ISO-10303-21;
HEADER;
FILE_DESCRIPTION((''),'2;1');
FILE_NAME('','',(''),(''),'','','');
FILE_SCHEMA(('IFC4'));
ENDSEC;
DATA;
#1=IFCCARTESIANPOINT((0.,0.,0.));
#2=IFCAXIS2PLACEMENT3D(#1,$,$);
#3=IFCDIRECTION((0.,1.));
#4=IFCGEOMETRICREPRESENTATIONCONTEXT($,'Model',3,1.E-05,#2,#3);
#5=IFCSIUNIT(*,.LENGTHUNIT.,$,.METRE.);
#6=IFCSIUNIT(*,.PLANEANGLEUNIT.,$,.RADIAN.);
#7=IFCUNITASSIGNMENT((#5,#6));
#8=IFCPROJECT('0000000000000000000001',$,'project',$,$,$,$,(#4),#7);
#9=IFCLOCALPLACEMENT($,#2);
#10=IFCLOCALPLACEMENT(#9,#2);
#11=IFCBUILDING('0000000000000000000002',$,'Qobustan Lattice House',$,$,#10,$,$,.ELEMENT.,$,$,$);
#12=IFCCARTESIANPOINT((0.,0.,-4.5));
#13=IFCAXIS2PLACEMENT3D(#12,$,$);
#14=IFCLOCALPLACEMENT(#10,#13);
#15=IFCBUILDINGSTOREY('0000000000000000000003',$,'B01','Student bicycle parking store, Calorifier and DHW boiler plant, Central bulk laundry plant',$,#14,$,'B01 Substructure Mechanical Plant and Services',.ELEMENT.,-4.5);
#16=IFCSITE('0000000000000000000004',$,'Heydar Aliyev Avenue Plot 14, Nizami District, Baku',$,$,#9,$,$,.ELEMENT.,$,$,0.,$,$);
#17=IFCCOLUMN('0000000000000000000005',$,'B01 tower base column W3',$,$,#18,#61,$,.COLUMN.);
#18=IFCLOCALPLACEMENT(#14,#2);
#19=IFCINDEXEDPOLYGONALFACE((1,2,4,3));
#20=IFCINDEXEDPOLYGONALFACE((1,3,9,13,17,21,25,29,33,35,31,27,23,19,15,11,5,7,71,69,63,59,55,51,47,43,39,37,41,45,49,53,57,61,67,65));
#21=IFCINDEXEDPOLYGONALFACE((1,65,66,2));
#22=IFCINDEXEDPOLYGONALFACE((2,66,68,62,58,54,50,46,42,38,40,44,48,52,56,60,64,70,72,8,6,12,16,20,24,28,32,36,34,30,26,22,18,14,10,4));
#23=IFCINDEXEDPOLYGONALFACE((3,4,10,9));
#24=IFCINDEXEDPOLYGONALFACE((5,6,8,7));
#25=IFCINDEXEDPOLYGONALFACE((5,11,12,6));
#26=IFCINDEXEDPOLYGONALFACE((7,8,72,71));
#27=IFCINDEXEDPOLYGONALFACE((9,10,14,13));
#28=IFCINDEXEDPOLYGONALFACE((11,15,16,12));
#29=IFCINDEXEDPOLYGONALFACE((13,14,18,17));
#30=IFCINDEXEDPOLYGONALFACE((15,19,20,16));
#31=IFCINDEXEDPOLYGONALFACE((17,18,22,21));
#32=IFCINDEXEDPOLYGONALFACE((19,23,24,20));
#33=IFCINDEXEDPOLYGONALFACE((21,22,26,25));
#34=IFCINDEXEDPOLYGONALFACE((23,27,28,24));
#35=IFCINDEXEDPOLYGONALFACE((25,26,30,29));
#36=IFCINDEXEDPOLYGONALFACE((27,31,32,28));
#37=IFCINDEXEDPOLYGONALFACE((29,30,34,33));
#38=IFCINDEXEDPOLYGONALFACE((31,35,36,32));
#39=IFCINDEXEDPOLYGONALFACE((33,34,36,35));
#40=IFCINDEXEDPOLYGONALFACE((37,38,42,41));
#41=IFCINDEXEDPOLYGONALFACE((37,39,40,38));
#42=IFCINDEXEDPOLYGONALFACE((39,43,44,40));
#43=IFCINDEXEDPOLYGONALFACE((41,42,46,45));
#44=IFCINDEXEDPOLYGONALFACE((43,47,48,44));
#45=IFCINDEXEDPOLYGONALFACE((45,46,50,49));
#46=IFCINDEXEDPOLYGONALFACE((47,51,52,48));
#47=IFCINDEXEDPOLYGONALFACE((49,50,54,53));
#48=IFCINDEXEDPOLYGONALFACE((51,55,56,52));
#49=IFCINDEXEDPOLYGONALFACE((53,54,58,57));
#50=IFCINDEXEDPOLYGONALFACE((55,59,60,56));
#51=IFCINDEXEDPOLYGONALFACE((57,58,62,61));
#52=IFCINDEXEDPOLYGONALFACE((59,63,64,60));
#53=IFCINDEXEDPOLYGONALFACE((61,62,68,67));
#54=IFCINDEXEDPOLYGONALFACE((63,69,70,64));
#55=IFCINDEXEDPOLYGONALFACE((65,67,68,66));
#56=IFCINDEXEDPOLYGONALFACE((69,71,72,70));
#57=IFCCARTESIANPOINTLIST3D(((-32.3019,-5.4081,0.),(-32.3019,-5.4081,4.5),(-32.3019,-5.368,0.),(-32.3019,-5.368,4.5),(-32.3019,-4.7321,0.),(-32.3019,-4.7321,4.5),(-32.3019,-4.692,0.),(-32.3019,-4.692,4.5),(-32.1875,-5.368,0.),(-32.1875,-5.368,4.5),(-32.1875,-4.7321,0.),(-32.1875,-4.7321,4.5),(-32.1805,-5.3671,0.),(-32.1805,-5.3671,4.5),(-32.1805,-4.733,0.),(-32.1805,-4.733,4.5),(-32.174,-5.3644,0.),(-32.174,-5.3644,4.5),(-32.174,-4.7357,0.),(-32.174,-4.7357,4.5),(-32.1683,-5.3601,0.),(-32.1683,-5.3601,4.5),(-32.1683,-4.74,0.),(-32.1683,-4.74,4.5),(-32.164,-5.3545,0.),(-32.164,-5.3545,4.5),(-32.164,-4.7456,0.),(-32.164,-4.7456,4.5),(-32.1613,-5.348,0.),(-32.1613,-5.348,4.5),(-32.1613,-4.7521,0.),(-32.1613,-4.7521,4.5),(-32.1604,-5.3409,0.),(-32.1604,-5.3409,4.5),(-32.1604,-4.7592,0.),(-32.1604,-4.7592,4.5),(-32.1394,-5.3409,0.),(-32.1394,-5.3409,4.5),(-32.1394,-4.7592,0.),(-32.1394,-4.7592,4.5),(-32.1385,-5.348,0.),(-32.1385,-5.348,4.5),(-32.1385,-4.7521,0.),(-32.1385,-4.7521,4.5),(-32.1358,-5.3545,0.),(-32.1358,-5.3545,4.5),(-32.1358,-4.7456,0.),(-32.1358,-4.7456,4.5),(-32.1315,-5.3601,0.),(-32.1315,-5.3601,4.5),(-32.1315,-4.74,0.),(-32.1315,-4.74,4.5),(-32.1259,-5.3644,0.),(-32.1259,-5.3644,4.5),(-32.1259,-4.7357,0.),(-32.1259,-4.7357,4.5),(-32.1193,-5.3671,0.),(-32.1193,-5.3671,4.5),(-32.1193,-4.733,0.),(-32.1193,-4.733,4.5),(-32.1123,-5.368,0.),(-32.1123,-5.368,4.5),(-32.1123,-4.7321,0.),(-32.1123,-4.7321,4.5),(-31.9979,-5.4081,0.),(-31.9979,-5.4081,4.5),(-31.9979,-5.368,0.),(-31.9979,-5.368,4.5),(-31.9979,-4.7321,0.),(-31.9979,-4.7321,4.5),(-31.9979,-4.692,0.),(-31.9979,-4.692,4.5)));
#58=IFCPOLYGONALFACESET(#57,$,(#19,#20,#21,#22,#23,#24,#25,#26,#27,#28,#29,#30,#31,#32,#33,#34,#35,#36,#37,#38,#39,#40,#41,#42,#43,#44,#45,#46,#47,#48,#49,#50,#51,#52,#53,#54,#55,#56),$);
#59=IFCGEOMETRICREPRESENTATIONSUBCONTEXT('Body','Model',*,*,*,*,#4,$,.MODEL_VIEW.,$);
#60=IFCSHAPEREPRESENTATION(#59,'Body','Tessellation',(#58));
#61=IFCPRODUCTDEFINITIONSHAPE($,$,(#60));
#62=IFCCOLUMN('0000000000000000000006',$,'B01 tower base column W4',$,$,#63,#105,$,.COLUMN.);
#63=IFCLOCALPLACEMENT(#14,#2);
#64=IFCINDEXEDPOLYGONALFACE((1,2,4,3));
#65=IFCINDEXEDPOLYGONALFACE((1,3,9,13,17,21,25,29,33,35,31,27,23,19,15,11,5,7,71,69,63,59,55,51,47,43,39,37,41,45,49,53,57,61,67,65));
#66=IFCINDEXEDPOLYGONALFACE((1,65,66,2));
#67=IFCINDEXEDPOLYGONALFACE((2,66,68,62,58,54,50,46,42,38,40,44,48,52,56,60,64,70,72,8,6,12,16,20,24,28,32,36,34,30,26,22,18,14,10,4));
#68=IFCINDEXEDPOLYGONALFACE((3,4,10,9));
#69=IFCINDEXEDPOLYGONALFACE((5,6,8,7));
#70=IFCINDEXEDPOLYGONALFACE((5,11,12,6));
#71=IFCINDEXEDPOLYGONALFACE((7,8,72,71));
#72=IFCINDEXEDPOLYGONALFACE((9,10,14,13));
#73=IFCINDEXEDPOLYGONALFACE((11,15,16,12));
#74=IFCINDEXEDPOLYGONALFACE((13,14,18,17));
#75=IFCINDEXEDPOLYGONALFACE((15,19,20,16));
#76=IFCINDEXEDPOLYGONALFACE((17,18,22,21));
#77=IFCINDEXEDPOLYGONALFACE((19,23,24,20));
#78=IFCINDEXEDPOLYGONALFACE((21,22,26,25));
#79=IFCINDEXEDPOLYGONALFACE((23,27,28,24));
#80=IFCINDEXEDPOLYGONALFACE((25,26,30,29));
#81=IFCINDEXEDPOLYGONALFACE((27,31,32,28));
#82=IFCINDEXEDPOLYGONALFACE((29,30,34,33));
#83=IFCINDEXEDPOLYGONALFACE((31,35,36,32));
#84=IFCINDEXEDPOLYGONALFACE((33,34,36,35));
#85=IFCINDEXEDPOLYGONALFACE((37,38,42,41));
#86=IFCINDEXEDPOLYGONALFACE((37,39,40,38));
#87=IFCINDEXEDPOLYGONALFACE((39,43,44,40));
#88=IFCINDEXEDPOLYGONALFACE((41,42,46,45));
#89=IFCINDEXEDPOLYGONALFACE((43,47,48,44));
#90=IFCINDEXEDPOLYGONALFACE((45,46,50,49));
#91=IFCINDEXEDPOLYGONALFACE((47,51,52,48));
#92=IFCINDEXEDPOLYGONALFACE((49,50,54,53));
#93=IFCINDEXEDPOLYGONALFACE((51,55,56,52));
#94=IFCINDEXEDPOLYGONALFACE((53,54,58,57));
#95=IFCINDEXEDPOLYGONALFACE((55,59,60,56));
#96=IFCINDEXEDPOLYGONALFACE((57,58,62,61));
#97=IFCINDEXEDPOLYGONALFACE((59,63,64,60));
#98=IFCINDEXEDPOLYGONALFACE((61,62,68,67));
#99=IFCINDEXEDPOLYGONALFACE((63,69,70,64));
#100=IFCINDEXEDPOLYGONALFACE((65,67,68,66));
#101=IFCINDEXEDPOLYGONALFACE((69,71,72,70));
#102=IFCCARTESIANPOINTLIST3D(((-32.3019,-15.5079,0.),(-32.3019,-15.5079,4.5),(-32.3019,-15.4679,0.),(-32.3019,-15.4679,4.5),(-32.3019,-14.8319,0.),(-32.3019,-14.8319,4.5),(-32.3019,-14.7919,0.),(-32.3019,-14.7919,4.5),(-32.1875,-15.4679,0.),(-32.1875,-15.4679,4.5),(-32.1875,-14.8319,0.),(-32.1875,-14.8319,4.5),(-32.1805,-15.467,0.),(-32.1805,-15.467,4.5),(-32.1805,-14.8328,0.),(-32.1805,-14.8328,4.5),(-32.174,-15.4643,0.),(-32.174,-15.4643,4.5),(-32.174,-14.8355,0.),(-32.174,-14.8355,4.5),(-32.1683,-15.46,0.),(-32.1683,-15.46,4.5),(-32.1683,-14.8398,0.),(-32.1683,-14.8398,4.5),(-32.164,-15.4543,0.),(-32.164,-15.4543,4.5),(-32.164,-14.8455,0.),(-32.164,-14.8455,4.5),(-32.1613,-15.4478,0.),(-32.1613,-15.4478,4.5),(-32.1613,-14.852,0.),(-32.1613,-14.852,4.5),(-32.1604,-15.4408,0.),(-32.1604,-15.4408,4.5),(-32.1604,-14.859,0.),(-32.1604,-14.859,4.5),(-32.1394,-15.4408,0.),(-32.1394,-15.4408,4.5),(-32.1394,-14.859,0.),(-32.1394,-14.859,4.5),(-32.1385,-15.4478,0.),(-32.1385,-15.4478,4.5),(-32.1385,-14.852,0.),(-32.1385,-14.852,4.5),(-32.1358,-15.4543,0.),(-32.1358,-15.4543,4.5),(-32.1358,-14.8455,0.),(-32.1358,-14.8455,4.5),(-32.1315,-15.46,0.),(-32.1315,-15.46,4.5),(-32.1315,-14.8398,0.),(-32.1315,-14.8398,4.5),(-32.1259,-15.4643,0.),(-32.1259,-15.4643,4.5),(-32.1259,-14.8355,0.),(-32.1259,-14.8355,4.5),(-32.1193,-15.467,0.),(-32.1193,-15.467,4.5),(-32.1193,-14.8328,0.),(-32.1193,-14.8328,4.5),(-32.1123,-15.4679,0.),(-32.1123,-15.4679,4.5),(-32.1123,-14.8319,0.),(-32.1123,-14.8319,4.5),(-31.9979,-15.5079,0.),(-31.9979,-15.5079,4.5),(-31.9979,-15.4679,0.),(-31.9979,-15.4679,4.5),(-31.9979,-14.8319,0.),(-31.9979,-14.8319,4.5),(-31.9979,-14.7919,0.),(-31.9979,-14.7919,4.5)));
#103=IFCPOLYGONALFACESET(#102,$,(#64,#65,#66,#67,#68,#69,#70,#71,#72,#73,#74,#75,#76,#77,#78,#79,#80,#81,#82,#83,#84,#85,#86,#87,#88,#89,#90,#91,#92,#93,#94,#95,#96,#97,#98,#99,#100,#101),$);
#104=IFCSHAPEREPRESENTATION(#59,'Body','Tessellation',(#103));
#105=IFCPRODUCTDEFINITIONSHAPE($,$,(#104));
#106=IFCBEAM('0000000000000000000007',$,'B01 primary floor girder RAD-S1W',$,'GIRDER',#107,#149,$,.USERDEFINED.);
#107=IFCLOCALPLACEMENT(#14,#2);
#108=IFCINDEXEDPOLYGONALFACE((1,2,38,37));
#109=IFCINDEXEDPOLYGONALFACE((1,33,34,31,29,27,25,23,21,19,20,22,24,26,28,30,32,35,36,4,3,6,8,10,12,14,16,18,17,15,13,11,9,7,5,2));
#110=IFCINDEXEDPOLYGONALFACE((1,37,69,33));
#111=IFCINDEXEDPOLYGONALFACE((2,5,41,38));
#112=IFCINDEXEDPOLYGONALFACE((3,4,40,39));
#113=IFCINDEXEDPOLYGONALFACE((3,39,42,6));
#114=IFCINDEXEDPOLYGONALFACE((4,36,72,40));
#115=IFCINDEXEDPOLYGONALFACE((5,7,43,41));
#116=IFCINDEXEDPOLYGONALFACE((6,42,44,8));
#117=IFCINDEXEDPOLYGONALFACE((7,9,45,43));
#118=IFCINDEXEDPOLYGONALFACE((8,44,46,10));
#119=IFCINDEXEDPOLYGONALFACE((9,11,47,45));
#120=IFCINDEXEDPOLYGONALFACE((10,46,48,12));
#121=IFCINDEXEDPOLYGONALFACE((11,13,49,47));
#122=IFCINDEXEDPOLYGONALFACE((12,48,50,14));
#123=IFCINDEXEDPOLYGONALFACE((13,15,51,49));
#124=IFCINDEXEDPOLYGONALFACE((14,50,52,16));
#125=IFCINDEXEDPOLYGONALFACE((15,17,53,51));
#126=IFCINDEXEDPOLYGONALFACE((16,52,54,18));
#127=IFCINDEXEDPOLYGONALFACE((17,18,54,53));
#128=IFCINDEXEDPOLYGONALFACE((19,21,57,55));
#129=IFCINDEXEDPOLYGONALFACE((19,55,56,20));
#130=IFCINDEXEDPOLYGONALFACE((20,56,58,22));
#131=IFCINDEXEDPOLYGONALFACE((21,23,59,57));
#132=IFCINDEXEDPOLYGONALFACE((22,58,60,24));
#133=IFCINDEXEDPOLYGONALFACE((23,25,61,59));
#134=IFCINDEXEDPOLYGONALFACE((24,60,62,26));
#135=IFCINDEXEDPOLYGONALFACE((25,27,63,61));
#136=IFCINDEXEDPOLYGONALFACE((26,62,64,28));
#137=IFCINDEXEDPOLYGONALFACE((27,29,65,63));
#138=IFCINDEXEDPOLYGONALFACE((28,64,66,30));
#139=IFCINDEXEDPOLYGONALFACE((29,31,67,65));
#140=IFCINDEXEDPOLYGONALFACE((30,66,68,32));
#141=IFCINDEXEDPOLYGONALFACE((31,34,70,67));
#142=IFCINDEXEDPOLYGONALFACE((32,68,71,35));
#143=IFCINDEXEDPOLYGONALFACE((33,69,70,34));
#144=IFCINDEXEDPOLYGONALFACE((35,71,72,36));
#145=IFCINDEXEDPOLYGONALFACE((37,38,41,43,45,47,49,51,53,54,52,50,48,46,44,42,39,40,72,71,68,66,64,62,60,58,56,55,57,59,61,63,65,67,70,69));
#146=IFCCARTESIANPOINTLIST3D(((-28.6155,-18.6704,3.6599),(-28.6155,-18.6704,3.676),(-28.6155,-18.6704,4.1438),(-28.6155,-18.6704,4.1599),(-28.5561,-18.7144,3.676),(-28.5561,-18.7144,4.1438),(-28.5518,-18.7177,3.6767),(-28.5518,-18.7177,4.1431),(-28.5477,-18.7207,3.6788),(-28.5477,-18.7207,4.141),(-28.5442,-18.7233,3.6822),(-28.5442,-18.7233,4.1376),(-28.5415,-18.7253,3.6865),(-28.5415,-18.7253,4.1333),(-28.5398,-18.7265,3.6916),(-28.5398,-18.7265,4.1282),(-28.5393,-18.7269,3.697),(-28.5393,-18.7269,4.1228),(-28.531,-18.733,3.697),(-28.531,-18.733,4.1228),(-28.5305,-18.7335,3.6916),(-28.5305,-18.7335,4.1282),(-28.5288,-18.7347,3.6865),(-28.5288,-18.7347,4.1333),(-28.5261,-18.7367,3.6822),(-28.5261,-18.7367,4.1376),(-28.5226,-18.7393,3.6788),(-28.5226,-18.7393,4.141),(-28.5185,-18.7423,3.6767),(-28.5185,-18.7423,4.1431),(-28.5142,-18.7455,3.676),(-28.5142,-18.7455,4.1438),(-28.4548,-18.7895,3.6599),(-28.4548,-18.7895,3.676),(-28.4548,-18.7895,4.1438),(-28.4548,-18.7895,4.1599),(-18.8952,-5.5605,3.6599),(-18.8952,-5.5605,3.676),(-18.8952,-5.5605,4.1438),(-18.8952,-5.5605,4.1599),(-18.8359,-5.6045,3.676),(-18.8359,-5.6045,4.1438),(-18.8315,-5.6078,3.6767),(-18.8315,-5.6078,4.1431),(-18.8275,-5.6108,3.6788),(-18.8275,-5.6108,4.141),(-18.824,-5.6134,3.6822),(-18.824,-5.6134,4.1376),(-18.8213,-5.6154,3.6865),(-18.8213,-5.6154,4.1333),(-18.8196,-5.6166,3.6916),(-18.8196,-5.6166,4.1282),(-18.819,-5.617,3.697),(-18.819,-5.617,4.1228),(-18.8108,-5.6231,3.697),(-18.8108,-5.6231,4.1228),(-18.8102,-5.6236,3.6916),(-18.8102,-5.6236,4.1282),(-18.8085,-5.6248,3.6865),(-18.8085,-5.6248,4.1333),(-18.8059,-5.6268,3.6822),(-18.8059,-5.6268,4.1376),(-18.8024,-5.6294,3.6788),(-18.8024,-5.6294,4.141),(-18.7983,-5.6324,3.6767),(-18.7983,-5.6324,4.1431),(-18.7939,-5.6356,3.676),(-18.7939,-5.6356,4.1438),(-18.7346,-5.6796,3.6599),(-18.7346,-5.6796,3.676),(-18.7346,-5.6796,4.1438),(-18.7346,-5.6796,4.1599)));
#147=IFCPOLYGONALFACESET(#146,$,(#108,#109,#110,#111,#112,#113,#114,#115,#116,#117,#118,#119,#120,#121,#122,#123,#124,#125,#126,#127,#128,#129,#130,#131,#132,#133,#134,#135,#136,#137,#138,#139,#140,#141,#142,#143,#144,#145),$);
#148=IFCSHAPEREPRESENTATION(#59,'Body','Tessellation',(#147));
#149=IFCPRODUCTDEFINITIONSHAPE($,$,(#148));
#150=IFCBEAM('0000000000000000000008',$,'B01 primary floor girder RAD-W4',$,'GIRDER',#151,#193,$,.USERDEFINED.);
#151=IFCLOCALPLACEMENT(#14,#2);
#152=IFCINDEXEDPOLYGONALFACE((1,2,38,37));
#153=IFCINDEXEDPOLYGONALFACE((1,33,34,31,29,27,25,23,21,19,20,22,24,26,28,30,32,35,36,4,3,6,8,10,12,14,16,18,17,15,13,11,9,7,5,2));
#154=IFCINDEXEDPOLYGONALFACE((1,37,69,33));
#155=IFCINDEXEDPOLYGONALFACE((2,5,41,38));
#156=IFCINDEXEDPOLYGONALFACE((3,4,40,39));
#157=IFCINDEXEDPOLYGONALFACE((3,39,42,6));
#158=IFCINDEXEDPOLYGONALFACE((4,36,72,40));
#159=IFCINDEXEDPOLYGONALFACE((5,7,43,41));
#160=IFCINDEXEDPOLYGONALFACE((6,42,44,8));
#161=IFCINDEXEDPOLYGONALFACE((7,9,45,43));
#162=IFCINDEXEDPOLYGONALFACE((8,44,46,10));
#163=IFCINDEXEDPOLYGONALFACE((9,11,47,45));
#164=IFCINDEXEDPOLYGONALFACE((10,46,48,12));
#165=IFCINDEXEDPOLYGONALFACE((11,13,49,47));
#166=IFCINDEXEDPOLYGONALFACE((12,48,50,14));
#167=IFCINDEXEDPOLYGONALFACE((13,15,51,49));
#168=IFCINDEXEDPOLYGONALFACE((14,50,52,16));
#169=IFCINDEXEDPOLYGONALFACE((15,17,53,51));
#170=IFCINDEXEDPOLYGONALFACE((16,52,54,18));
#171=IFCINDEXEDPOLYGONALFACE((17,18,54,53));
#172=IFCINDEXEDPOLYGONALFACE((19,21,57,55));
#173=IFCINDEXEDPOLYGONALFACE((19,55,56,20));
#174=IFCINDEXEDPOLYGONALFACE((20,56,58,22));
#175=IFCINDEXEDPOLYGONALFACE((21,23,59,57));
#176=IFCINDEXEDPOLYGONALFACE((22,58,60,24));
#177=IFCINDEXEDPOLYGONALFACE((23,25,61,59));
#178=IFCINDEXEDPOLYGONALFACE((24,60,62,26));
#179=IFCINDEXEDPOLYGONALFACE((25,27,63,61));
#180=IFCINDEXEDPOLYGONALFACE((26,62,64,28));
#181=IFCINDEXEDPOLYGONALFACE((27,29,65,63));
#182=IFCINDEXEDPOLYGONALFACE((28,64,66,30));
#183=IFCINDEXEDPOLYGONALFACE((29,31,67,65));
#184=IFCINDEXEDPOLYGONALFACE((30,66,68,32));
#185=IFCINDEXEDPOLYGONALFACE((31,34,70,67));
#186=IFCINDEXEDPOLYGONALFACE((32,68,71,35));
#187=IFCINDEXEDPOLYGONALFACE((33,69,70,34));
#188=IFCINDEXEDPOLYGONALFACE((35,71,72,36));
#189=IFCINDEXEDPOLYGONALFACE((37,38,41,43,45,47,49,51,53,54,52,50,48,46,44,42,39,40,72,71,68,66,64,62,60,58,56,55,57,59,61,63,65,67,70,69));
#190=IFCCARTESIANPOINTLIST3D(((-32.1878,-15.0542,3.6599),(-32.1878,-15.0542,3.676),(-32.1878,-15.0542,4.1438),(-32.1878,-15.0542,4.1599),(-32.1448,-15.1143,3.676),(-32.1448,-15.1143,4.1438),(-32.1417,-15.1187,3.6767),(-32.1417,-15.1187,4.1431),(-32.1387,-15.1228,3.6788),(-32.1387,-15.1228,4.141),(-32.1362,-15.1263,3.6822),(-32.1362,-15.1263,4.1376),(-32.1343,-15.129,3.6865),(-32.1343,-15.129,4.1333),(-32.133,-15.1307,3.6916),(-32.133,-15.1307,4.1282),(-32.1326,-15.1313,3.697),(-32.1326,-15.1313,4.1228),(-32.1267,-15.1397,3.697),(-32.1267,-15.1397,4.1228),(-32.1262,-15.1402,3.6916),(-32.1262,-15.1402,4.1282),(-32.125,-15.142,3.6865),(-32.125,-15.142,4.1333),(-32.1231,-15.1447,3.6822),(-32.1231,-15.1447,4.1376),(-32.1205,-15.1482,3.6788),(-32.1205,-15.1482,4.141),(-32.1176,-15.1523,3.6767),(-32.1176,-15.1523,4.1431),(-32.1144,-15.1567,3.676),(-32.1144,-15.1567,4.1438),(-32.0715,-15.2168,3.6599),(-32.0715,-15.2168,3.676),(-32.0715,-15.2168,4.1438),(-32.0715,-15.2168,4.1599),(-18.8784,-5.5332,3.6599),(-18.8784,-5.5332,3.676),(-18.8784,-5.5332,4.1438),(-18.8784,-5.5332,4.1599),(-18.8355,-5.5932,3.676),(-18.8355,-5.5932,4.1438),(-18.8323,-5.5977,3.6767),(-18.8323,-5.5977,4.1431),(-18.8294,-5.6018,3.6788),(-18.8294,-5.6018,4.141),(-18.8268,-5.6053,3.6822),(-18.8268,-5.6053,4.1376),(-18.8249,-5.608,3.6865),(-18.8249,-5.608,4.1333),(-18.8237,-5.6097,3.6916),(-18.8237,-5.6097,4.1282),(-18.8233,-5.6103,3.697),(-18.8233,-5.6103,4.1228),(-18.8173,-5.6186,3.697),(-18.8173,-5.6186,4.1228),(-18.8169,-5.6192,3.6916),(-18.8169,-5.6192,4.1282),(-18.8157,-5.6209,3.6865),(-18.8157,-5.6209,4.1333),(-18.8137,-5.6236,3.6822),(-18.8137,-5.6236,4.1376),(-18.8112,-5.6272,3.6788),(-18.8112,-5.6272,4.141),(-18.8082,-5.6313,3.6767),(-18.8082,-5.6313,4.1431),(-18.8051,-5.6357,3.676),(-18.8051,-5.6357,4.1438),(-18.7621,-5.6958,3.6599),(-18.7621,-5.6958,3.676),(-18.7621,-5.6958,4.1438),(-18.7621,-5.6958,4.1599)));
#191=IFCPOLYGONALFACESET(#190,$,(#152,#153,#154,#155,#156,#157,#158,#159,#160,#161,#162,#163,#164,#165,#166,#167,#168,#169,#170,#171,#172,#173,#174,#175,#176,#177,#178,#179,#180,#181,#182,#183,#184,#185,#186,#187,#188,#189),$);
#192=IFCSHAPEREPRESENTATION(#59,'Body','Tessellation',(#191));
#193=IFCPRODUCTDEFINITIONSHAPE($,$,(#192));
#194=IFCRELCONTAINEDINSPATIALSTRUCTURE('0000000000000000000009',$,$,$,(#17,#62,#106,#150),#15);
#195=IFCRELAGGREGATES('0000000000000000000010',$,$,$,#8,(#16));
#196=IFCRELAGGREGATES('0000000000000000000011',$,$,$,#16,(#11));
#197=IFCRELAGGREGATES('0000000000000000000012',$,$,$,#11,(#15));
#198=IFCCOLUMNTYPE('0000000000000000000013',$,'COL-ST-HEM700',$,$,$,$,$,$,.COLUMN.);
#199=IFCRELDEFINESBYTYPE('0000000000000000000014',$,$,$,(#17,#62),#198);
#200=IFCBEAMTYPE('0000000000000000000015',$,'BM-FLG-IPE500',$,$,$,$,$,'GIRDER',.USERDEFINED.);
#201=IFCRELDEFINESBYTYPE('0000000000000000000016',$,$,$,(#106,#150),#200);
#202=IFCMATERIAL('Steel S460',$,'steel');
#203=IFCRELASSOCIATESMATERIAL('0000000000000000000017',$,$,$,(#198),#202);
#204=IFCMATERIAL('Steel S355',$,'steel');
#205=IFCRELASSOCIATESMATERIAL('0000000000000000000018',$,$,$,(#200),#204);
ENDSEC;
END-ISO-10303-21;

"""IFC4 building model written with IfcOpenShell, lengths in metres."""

from ifc_helpers import new_model, si_unit, direction, frame, origin, origin_2d, place, context, subcontext, project, spatial, i_section, extrude, material, material_profile, profile_set, type_object, element, save


model = new_model("IFC4")

# Units and contexts
model_context = context("Model", 3, precision=1e-05, world=origin(), true_north=direction((0.0, 1.0)))
body_context = subcontext(model_context, "Body", "Model", "MODEL_VIEW")
ifc_project = project(units=[si_unit("LENGTHUNIT", "METRE"), si_unit("PLANEANGLEUNIT", "RADIAN")], contexts=[model_context])

# Site, building, storey
site_placement = place(None, origin())
site = spatial("IfcSite", under=ifc_project, at=site_placement, Name="Heydar Aliyev Avenue Plot 14, Nizami District, Baku", CompositionType="ELEMENT", RefElevation=0.0)
building_placement = place(site_placement, origin())
building = spatial("IfcBuilding", under=site, at=building_placement, Name="Qobustan Lattice House", CompositionType="ELEMENT")
storey_placement = place(building_placement, frame((0.0, 0.0, -4.5)))
storey = spatial("IfcBuildingStorey", under=building, at=storey_placement, Name="B01", Description="Student bicycle parking store, Calorifier and DHW boiler plant, Central bulk laundry plant", LongName="B01 Substructure Mechanical Plant and Services", CompositionType="ELEMENT", Elevation=-4.5)

# Columns
ifc_material_1 = material(Name="Steel S460", Category="steel")
ifc_material_profile_1 = material_profile(ifc_material_1, i_section(OverallWidth=0.304, OverallDepth=0.7161, WebThickness=0.021, FlangeThickness=0.04, FilletRadius=0.0271, at=origin_2d()), Name="HEM700")
ifc_profile_set_1 = profile_set([ifc_material_profile_1], Name="Steel S460")
column_type_1 = type_object("IfcColumnType", Name="COL-ST-HEM700", PredefinedType="COLUMN", material=ifc_profile_set_1)
for number, where, z_axis, x_axis, name in (
    (1, (-32.1499, -5.05, 0.0), (0.0, 0.0, 1.0), (1.0, 0.0, 0.0), "B01 tower base column W3"),
    (2, (-32.1499, -15.1499, 0.0), (0.0, 0.0, 1.0), (1.0, 0.0, 0.0), "B01 tower base column W4"),
):
    element("IfcColumn", number, at=place(storey_placement, frame(where, z_axis=z_axis, x_axis=x_axis)), inside=storey, type_object=column_type_1, Name=name, PredefinedType="COLUMN", context=body_context, shape_type="SweptSolid", body=[
        extrude(i_section(OverallWidth=0.304, OverallDepth=0.7161, WebThickness=0.021, FlangeThickness=0.04, FilletRadius=0.0271, at=origin_2d()), origin(), (0.0, 0.0, 1.0), 4.5),
    ])

# Beams
ifc_material_2 = material(Name="Steel S355", Category="steel")
ifc_material_profile_2 = material_profile(ifc_material_2, i_section(OverallWidth=0.2, OverallDepth=0.5, WebThickness=0.0103, FlangeThickness=0.0161, FilletRadius=0.021, at=origin_2d()), Name="IPE500")
ifc_profile_set_2 = profile_set([ifc_material_profile_2], Name="Steel S355")
beam_type_1 = type_object("IfcBeamType", Name="BM-FLG-IPE500", ElementType="GIRDER", PredefinedType="USERDEFINED", material=ifc_profile_set_2)
beam_1_placement = place(storey_placement, frame((-28.5352, -18.73, 3.9099), z_axis=(0.595592, 0.803287, 0.0), x_axis=(-0.803287, 0.595592, 0.0)))
element("IfcBeam", 3, at=beam_1_placement, inside=storey, type_object=beam_type_1, Name="B01 primary floor girder RAD-S1W", ObjectType="GIRDER", PredefinedType="USERDEFINED", context=body_context, shape_type="SweptSolid", body=[
    extrude(i_section(OverallWidth=0.2, OverallDepth=0.5, WebThickness=0.0103, FlangeThickness=0.0161, FilletRadius=0.021, at=origin_2d()), origin(), (0.0, 0.0, 1.0), 16.3203),
])
beam_2_placement = place(storey_placement, frame((-32.1296, -15.1355, 3.9099), z_axis=(0.813319, 0.581818, 0.0), x_axis=(-0.581818, 0.813319, 0.0)))
element("IfcBeam", 4, at=beam_2_placement, inside=storey, type_object=beam_type_1, Name="B01 primary floor girder RAD-W4", ObjectType="GIRDER", PredefinedType="USERDEFINED", context=body_context, shape_type="SweptSolid", body=[
    extrude(i_section(OverallWidth=0.2, OverallDepth=0.5, WebThickness=0.0103, FlangeThickness=0.0161, FilletRadius=0.021, at=origin_2d()), origin(), (0.0, 0.0, 1.0), 16.3643),
])

save(model, "model.ifc")
